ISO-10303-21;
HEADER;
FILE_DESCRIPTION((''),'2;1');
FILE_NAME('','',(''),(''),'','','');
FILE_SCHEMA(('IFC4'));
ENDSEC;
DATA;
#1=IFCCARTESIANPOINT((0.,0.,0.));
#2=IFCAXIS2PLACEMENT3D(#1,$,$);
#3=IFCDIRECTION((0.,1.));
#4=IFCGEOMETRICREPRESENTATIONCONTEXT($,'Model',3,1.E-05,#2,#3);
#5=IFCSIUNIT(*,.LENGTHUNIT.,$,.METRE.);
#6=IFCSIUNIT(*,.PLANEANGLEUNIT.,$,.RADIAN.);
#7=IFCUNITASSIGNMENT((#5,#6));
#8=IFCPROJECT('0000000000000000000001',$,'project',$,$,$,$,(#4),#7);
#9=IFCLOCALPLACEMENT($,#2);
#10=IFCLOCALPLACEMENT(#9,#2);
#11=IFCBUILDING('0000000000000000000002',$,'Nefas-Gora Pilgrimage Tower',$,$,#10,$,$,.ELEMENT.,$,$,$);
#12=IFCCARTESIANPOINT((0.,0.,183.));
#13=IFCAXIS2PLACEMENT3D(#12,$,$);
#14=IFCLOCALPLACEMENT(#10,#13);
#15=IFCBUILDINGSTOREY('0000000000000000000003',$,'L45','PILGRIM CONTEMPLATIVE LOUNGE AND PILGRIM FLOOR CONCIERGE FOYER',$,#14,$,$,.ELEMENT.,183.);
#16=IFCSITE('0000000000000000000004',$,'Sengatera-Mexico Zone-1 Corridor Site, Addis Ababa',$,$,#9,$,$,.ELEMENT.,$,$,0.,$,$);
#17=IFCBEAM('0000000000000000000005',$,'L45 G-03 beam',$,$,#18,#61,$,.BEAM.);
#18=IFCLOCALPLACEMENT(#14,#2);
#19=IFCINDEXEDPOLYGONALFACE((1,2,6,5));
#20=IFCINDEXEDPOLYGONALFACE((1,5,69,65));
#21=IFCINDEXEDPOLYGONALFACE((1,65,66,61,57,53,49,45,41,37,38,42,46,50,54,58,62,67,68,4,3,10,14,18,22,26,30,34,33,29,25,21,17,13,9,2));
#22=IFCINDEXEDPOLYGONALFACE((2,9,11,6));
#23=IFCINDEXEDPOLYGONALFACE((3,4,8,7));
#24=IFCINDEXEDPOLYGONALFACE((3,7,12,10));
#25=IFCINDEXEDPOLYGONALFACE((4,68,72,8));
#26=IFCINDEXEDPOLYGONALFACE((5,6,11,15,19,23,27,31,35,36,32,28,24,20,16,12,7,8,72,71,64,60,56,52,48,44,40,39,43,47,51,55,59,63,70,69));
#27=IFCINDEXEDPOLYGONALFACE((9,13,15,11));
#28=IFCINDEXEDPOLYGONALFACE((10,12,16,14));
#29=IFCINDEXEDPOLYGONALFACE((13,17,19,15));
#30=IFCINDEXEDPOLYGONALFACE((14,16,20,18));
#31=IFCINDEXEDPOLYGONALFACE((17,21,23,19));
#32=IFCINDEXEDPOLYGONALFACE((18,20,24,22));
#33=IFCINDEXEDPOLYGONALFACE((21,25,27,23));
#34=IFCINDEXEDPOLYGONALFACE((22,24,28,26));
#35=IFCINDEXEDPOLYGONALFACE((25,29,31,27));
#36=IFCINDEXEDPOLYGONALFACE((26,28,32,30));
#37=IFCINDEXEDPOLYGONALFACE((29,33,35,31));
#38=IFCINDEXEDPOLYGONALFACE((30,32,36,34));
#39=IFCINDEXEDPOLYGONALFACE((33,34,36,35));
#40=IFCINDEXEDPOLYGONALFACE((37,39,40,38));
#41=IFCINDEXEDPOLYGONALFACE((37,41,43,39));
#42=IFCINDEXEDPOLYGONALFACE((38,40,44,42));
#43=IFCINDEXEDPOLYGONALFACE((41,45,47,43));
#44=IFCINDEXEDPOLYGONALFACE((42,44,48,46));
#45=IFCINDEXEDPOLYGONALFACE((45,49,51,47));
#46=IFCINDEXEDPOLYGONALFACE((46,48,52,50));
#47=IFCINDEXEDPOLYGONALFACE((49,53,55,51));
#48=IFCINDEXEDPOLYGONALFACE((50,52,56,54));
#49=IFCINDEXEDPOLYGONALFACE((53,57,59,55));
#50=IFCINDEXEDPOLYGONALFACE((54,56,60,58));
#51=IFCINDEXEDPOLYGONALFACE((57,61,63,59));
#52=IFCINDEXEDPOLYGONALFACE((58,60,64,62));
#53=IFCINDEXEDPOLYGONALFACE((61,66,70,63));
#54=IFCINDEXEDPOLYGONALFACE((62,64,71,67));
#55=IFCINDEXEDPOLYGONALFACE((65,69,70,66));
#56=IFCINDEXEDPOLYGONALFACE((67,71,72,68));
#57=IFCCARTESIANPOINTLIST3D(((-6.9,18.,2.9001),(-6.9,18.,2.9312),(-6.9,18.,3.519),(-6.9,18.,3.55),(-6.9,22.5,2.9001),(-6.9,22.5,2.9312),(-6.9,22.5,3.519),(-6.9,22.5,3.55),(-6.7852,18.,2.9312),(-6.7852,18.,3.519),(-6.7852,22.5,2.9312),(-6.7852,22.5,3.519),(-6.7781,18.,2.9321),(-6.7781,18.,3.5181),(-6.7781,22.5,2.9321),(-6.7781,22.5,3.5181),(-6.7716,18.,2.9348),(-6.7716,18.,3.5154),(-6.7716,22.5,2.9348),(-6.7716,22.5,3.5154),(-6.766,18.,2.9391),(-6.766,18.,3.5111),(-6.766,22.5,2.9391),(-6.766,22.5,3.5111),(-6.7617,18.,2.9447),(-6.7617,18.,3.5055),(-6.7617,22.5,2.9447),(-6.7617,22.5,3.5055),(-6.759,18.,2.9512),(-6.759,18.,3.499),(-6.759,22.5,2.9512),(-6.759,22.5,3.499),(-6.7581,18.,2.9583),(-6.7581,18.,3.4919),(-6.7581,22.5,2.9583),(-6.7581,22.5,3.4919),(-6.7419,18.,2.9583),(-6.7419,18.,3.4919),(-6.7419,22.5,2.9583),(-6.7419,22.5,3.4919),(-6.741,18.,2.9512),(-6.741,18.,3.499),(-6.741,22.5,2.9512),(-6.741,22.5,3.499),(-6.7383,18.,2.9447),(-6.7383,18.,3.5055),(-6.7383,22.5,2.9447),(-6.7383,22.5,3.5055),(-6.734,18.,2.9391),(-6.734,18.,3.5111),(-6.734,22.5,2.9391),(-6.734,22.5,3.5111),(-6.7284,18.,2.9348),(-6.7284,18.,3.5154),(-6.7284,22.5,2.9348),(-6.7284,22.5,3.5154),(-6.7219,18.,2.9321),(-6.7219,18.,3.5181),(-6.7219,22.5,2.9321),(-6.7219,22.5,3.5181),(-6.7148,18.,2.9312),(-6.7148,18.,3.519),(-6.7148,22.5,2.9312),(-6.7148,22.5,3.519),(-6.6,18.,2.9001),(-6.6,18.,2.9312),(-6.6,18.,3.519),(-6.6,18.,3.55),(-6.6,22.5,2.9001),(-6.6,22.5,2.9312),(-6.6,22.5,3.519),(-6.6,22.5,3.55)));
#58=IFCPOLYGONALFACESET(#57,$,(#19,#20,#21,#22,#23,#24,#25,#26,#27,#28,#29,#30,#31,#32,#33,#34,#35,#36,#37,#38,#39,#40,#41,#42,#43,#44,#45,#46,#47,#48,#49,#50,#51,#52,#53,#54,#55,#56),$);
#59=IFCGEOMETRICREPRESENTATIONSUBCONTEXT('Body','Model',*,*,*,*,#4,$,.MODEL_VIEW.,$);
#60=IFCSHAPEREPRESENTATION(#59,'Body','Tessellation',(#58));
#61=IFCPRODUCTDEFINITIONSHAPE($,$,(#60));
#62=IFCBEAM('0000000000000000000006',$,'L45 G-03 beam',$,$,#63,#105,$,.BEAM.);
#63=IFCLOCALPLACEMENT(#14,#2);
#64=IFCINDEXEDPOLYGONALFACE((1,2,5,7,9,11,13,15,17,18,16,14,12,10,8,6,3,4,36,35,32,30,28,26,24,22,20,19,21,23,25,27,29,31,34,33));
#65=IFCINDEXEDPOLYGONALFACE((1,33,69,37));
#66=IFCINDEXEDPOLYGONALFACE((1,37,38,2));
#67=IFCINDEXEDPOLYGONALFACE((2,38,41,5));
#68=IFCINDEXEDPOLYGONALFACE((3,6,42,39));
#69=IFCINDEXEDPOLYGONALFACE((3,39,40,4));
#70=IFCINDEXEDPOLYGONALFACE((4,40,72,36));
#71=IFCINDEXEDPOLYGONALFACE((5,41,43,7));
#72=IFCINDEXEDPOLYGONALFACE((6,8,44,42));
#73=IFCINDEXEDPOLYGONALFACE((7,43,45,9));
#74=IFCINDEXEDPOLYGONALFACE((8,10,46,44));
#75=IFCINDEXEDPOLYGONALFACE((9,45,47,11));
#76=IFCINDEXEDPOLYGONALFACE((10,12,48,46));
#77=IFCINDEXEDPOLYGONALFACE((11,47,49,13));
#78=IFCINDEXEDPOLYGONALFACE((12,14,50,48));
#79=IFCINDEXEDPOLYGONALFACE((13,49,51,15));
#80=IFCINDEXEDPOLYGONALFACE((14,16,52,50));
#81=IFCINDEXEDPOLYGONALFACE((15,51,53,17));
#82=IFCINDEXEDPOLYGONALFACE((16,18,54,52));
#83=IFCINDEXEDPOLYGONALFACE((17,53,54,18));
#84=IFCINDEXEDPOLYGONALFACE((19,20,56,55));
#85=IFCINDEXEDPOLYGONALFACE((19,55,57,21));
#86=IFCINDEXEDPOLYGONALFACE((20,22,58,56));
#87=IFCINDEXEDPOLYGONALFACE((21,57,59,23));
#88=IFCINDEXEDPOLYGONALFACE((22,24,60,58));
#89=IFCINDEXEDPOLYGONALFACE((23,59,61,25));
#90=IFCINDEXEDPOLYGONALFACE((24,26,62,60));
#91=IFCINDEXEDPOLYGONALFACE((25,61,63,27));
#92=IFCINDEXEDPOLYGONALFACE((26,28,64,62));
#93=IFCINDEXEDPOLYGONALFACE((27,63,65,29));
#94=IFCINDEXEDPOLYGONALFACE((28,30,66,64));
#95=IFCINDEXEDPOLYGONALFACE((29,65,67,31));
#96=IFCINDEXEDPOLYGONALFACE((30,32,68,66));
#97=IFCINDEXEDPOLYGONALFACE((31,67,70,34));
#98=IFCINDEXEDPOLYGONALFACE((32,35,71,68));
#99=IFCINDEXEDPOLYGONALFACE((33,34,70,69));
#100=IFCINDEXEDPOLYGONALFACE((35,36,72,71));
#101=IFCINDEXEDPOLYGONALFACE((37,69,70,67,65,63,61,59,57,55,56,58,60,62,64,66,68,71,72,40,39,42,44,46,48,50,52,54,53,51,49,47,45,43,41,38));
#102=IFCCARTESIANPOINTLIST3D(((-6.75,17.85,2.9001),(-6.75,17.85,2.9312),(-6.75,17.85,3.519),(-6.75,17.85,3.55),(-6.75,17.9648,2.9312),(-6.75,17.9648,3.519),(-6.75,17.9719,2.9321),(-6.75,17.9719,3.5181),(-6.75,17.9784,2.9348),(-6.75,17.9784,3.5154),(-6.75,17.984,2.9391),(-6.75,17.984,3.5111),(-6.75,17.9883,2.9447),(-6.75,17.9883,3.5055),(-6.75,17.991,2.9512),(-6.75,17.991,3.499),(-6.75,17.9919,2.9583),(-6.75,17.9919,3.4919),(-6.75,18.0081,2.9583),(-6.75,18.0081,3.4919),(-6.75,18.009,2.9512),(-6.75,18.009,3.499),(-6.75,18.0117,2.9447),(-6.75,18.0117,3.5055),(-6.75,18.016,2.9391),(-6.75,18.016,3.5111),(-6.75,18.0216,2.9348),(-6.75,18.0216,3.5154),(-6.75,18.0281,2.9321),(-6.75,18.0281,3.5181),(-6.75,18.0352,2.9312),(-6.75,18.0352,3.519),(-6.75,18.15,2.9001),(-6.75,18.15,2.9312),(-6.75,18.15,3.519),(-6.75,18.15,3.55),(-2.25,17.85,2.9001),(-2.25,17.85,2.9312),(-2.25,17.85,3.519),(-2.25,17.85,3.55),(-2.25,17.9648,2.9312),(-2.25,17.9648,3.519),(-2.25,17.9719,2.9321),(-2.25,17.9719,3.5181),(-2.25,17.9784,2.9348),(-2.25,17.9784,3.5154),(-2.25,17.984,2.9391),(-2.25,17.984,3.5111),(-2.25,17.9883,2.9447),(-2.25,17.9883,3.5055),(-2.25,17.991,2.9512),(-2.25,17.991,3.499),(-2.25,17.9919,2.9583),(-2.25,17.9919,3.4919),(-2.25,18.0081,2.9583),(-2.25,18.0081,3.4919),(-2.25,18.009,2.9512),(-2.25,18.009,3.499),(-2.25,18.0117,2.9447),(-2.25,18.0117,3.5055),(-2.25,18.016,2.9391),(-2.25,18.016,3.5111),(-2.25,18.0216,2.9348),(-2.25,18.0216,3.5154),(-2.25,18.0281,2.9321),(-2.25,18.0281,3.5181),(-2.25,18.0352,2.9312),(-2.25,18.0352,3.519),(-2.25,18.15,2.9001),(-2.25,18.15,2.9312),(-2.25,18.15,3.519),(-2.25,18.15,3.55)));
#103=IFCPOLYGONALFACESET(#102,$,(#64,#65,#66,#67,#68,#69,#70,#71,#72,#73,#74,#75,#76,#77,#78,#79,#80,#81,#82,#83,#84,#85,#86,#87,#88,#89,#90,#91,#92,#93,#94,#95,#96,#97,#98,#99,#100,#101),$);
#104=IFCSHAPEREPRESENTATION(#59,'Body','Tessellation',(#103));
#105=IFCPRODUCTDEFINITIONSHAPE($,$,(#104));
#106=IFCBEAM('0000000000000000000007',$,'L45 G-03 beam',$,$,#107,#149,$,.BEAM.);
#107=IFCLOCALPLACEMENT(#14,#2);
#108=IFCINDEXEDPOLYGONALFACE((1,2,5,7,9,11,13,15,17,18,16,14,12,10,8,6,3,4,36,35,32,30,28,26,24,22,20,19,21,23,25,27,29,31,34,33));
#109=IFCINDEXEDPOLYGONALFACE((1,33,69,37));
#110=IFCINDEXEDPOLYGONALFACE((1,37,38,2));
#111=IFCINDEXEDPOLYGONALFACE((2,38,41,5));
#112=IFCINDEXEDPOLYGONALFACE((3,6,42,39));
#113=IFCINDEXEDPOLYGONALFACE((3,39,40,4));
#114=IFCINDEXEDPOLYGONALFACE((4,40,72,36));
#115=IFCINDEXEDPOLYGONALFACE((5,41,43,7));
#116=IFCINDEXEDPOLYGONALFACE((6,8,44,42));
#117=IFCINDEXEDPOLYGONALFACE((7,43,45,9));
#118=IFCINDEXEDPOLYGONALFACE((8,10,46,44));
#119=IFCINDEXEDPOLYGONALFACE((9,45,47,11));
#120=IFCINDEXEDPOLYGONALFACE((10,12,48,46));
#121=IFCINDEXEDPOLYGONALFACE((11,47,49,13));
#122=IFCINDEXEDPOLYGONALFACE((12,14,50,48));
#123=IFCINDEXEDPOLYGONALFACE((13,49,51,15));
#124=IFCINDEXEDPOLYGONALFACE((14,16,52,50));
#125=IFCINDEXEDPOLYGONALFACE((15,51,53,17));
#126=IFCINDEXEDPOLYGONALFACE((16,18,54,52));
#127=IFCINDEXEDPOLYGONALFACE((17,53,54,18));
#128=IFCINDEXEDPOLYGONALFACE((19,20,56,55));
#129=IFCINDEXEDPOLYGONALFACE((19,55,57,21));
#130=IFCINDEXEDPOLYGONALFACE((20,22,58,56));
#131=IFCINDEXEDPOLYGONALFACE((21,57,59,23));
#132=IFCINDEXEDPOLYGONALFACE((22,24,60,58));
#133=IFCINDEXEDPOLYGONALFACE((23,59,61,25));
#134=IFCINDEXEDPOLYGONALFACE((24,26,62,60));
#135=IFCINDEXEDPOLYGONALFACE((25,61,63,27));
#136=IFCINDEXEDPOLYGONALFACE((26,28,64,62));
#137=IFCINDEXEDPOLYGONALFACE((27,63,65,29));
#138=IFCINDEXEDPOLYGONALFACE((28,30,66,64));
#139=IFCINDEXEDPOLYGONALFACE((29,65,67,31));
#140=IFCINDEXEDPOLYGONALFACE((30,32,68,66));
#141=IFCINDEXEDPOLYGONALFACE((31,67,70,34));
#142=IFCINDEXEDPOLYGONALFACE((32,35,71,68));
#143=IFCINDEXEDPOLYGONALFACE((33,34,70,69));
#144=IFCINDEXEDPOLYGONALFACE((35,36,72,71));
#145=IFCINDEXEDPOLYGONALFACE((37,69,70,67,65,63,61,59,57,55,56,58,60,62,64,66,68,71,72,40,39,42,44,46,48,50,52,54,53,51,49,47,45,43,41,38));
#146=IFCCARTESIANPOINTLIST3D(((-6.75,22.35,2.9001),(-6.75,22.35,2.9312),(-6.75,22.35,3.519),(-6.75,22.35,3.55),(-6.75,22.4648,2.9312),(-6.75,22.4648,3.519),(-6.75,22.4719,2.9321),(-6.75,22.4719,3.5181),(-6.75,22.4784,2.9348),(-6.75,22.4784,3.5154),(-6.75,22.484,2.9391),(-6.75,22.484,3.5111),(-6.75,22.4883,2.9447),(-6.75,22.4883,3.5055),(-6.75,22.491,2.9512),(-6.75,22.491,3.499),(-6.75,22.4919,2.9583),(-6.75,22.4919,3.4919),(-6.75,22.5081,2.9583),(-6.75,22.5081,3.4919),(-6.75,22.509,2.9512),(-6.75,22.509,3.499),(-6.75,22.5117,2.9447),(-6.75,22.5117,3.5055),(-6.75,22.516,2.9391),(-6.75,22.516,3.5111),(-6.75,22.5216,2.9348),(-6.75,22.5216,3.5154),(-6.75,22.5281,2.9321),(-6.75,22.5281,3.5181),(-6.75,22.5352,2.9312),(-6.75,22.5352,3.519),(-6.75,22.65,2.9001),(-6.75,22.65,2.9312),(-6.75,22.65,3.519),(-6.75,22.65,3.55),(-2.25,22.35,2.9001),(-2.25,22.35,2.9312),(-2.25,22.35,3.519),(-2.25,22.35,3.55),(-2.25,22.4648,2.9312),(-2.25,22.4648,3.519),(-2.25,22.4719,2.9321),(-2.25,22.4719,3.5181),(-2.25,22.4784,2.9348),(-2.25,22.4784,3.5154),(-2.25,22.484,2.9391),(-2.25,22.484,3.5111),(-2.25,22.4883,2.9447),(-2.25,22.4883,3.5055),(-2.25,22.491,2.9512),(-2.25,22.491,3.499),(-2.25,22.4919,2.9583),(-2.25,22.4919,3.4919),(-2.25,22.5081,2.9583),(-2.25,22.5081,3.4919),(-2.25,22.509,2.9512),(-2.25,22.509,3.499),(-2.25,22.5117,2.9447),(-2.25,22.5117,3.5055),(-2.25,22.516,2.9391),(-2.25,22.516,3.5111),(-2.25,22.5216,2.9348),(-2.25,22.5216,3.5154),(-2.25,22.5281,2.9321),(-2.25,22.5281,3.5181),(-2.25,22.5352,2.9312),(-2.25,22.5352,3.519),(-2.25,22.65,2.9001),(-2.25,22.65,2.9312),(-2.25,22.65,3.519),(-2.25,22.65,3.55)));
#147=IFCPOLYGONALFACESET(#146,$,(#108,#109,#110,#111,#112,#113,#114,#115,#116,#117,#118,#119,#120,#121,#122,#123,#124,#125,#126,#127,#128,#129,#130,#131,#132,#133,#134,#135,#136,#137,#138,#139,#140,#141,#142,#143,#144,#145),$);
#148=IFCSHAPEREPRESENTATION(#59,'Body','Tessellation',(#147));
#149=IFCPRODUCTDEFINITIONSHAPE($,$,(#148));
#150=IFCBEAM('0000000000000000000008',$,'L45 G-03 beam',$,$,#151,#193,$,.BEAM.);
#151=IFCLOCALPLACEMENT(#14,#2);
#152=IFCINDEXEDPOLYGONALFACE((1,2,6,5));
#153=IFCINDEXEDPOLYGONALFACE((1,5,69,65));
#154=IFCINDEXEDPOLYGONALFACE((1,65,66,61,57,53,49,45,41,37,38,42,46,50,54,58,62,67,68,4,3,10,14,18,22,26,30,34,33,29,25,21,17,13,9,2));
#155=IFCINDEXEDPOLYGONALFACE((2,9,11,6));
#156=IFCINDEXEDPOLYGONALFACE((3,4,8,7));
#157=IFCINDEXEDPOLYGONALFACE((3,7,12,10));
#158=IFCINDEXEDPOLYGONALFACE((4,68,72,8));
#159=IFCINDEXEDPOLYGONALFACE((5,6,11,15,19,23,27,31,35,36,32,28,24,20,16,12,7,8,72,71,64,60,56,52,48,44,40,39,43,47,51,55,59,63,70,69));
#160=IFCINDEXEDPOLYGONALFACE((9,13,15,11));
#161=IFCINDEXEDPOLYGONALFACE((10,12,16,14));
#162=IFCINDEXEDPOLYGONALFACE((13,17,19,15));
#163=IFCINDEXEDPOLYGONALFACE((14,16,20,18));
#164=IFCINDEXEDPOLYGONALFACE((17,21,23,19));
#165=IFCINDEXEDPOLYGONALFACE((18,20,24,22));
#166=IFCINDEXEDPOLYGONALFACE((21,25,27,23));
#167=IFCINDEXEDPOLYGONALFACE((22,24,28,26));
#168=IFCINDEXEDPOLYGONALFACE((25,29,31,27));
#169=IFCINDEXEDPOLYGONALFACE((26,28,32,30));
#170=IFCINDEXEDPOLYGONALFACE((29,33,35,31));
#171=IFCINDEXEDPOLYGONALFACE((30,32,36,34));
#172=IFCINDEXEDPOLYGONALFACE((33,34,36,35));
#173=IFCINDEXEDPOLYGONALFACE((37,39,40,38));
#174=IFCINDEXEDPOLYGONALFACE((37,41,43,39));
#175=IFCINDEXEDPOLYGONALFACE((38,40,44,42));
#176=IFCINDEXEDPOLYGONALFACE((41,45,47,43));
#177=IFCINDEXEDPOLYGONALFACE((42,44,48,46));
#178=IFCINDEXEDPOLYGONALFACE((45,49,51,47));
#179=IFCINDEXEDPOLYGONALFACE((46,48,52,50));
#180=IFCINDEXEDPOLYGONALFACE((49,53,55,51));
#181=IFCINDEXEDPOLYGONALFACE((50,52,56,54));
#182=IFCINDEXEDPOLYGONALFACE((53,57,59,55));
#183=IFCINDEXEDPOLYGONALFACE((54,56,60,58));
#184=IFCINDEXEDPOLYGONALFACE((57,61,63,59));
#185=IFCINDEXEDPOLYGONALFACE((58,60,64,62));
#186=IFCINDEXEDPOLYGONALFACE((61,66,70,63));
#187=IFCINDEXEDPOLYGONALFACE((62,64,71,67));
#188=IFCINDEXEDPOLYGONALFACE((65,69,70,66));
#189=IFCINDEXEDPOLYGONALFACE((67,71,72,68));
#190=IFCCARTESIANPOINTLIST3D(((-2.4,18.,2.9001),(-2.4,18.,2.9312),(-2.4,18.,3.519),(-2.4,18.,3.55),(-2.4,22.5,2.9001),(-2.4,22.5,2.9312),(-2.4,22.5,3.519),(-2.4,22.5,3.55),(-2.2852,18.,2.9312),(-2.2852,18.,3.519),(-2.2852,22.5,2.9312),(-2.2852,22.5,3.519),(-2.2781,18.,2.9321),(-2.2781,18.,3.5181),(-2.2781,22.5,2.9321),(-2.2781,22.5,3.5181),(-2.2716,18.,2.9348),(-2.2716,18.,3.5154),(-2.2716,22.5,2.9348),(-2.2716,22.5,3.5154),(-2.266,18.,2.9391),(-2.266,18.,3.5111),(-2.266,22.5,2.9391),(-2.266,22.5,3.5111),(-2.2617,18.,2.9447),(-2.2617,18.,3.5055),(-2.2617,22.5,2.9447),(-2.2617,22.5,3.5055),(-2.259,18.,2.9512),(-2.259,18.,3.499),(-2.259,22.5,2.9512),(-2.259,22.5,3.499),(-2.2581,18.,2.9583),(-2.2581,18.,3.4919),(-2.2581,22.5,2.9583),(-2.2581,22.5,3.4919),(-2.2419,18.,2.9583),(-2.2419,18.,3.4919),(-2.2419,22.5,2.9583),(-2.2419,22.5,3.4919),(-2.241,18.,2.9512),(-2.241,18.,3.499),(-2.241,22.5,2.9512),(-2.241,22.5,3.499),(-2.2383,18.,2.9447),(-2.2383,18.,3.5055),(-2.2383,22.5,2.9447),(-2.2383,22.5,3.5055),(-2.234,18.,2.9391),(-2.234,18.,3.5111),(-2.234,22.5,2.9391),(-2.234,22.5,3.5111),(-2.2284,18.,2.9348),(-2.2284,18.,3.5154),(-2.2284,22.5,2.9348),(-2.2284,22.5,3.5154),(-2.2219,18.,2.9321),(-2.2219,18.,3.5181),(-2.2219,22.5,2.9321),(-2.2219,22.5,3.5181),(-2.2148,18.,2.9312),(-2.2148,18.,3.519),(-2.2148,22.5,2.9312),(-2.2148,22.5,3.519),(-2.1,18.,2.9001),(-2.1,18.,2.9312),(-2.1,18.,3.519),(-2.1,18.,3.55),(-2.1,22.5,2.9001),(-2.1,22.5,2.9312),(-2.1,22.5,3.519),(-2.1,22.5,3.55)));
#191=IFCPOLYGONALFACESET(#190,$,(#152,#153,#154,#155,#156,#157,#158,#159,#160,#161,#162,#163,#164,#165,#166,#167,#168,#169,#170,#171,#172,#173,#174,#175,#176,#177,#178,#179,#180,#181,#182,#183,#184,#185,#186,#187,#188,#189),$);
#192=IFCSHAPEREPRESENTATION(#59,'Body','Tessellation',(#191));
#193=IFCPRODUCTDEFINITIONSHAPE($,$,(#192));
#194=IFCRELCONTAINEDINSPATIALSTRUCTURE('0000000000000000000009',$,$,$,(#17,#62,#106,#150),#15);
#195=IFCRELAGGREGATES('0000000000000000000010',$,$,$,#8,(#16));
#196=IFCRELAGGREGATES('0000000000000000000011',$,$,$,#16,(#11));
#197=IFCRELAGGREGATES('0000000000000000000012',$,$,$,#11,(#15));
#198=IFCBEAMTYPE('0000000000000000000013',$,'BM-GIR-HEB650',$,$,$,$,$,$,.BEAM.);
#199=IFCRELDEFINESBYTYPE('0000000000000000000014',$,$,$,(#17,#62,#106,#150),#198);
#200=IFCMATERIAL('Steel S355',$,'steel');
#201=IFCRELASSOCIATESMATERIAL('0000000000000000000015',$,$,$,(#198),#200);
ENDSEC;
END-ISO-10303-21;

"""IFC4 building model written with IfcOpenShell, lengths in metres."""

from ifc_helpers import new_model, si_unit, direction, frame, origin, origin_2d, place, context, subcontext, project, spatial, i_section, extrude, source, transform, mapped, material, material_profile, profile_set, type_object, element, save


model = new_model("IFC4")

# Units and contexts
model_context = context("Model", 3, precision=1e-05, world=origin(), true_north=direction((0.0, 1.0)))
body_context = subcontext(model_context, "Body", "Model", "MODEL_VIEW")
ifc_project = project(units=[si_unit("LENGTHUNIT", "METRE"), si_unit("PLANEANGLEUNIT", "RADIAN")], contexts=[model_context])

# Site, building, storey
site_placement = place(None, origin())
site = spatial("IfcSite", under=ifc_project, at=site_placement, Name="Sengatera-Mexico Zone-1 Corridor Site, Addis Ababa", CompositionType="ELEMENT", RefElevation=0.0)
building_placement = place(site_placement, origin())
building = spatial("IfcBuilding", under=site, at=building_placement, Name="Nefas-Gora Pilgrimage Tower", CompositionType="ELEMENT")
storey_placement = place(building_placement, frame((0.0, 0.0, 183.0)))
storey = spatial("IfcBuildingStorey", under=building, at=storey_placement, Name="L45", Description="PILGRIM CONTEMPLATIVE LOUNGE AND PILGRIM FLOOR CONCIERGE FOYER", CompositionType="ELEMENT", Elevation=183.0)

# Beams
ifc_material_1 = material(Name="Steel S355", Category="steel")
ifc_material_profile_1 = material_profile(ifc_material_1, i_section(OverallWidth=0.3, OverallDepth=0.6499, WebThickness=0.0161, FlangeThickness=0.031, FilletRadius=0.0271, at=origin_2d()), Name="HEB 650")
ifc_profile_set_1 = profile_set([ifc_material_profile_1], Name="Steel S355")
beam_type = type_object("IfcBeamType", Name="BM-GIR-HEB650", PredefinedType="BEAM", material=ifc_profile_set_1)
shared_shape_1 = source(origin(), body_context, "Body", "SweptSolid", [
    extrude(i_section(OverallWidth=0.3, OverallDepth=0.6499, WebThickness=0.0161, FlangeThickness=0.031, FilletRadius=0.0271, at=origin_2d()), origin(), (0.0, 0.0, 1.0), 4.5),
])
for number, where, z_axis, x_axis, name in (
    (1, (-6.75, 18.0, 3.2251), (0.0, 1.0, 0.0), (-1.0, 0.0, 0.0), "L45 G-03 beam"),
    (2, (-6.75, 18.0, 3.2251), (1.0, 0.0, 0.0), (0.0, 1.0, 0.0), "L45 G-03 beam"),
    (3, (-6.75, 22.5, 3.2251), (1.0, 0.0, 0.0), (0.0, 1.0, 0.0), "L45 G-03 beam"),
    (4, (-2.25, 18.0, 3.2251), (0.0, 1.0, 0.0), (-1.0, 0.0, 0.0), "L45 G-03 beam"),
):
    element("IfcBeam", number, at=place(storey_placement, frame(where, z_axis=z_axis, x_axis=x_axis)), inside=storey, type_object=beam_type, Name=name, PredefinedType="BEAM", context=body_context, shape_type="MappedRepresentation", body=[
        mapped(shared_shape_1, transform((0.0, 0.0, 0.0), x_axis=(1.0, 0.0, 0.0), y_axis=(0.0, 1.0, 0.0), z_axis=(0.0, 0.0, 1.0), scale=1.0)),
    ])

save(model, "model.ifc")
